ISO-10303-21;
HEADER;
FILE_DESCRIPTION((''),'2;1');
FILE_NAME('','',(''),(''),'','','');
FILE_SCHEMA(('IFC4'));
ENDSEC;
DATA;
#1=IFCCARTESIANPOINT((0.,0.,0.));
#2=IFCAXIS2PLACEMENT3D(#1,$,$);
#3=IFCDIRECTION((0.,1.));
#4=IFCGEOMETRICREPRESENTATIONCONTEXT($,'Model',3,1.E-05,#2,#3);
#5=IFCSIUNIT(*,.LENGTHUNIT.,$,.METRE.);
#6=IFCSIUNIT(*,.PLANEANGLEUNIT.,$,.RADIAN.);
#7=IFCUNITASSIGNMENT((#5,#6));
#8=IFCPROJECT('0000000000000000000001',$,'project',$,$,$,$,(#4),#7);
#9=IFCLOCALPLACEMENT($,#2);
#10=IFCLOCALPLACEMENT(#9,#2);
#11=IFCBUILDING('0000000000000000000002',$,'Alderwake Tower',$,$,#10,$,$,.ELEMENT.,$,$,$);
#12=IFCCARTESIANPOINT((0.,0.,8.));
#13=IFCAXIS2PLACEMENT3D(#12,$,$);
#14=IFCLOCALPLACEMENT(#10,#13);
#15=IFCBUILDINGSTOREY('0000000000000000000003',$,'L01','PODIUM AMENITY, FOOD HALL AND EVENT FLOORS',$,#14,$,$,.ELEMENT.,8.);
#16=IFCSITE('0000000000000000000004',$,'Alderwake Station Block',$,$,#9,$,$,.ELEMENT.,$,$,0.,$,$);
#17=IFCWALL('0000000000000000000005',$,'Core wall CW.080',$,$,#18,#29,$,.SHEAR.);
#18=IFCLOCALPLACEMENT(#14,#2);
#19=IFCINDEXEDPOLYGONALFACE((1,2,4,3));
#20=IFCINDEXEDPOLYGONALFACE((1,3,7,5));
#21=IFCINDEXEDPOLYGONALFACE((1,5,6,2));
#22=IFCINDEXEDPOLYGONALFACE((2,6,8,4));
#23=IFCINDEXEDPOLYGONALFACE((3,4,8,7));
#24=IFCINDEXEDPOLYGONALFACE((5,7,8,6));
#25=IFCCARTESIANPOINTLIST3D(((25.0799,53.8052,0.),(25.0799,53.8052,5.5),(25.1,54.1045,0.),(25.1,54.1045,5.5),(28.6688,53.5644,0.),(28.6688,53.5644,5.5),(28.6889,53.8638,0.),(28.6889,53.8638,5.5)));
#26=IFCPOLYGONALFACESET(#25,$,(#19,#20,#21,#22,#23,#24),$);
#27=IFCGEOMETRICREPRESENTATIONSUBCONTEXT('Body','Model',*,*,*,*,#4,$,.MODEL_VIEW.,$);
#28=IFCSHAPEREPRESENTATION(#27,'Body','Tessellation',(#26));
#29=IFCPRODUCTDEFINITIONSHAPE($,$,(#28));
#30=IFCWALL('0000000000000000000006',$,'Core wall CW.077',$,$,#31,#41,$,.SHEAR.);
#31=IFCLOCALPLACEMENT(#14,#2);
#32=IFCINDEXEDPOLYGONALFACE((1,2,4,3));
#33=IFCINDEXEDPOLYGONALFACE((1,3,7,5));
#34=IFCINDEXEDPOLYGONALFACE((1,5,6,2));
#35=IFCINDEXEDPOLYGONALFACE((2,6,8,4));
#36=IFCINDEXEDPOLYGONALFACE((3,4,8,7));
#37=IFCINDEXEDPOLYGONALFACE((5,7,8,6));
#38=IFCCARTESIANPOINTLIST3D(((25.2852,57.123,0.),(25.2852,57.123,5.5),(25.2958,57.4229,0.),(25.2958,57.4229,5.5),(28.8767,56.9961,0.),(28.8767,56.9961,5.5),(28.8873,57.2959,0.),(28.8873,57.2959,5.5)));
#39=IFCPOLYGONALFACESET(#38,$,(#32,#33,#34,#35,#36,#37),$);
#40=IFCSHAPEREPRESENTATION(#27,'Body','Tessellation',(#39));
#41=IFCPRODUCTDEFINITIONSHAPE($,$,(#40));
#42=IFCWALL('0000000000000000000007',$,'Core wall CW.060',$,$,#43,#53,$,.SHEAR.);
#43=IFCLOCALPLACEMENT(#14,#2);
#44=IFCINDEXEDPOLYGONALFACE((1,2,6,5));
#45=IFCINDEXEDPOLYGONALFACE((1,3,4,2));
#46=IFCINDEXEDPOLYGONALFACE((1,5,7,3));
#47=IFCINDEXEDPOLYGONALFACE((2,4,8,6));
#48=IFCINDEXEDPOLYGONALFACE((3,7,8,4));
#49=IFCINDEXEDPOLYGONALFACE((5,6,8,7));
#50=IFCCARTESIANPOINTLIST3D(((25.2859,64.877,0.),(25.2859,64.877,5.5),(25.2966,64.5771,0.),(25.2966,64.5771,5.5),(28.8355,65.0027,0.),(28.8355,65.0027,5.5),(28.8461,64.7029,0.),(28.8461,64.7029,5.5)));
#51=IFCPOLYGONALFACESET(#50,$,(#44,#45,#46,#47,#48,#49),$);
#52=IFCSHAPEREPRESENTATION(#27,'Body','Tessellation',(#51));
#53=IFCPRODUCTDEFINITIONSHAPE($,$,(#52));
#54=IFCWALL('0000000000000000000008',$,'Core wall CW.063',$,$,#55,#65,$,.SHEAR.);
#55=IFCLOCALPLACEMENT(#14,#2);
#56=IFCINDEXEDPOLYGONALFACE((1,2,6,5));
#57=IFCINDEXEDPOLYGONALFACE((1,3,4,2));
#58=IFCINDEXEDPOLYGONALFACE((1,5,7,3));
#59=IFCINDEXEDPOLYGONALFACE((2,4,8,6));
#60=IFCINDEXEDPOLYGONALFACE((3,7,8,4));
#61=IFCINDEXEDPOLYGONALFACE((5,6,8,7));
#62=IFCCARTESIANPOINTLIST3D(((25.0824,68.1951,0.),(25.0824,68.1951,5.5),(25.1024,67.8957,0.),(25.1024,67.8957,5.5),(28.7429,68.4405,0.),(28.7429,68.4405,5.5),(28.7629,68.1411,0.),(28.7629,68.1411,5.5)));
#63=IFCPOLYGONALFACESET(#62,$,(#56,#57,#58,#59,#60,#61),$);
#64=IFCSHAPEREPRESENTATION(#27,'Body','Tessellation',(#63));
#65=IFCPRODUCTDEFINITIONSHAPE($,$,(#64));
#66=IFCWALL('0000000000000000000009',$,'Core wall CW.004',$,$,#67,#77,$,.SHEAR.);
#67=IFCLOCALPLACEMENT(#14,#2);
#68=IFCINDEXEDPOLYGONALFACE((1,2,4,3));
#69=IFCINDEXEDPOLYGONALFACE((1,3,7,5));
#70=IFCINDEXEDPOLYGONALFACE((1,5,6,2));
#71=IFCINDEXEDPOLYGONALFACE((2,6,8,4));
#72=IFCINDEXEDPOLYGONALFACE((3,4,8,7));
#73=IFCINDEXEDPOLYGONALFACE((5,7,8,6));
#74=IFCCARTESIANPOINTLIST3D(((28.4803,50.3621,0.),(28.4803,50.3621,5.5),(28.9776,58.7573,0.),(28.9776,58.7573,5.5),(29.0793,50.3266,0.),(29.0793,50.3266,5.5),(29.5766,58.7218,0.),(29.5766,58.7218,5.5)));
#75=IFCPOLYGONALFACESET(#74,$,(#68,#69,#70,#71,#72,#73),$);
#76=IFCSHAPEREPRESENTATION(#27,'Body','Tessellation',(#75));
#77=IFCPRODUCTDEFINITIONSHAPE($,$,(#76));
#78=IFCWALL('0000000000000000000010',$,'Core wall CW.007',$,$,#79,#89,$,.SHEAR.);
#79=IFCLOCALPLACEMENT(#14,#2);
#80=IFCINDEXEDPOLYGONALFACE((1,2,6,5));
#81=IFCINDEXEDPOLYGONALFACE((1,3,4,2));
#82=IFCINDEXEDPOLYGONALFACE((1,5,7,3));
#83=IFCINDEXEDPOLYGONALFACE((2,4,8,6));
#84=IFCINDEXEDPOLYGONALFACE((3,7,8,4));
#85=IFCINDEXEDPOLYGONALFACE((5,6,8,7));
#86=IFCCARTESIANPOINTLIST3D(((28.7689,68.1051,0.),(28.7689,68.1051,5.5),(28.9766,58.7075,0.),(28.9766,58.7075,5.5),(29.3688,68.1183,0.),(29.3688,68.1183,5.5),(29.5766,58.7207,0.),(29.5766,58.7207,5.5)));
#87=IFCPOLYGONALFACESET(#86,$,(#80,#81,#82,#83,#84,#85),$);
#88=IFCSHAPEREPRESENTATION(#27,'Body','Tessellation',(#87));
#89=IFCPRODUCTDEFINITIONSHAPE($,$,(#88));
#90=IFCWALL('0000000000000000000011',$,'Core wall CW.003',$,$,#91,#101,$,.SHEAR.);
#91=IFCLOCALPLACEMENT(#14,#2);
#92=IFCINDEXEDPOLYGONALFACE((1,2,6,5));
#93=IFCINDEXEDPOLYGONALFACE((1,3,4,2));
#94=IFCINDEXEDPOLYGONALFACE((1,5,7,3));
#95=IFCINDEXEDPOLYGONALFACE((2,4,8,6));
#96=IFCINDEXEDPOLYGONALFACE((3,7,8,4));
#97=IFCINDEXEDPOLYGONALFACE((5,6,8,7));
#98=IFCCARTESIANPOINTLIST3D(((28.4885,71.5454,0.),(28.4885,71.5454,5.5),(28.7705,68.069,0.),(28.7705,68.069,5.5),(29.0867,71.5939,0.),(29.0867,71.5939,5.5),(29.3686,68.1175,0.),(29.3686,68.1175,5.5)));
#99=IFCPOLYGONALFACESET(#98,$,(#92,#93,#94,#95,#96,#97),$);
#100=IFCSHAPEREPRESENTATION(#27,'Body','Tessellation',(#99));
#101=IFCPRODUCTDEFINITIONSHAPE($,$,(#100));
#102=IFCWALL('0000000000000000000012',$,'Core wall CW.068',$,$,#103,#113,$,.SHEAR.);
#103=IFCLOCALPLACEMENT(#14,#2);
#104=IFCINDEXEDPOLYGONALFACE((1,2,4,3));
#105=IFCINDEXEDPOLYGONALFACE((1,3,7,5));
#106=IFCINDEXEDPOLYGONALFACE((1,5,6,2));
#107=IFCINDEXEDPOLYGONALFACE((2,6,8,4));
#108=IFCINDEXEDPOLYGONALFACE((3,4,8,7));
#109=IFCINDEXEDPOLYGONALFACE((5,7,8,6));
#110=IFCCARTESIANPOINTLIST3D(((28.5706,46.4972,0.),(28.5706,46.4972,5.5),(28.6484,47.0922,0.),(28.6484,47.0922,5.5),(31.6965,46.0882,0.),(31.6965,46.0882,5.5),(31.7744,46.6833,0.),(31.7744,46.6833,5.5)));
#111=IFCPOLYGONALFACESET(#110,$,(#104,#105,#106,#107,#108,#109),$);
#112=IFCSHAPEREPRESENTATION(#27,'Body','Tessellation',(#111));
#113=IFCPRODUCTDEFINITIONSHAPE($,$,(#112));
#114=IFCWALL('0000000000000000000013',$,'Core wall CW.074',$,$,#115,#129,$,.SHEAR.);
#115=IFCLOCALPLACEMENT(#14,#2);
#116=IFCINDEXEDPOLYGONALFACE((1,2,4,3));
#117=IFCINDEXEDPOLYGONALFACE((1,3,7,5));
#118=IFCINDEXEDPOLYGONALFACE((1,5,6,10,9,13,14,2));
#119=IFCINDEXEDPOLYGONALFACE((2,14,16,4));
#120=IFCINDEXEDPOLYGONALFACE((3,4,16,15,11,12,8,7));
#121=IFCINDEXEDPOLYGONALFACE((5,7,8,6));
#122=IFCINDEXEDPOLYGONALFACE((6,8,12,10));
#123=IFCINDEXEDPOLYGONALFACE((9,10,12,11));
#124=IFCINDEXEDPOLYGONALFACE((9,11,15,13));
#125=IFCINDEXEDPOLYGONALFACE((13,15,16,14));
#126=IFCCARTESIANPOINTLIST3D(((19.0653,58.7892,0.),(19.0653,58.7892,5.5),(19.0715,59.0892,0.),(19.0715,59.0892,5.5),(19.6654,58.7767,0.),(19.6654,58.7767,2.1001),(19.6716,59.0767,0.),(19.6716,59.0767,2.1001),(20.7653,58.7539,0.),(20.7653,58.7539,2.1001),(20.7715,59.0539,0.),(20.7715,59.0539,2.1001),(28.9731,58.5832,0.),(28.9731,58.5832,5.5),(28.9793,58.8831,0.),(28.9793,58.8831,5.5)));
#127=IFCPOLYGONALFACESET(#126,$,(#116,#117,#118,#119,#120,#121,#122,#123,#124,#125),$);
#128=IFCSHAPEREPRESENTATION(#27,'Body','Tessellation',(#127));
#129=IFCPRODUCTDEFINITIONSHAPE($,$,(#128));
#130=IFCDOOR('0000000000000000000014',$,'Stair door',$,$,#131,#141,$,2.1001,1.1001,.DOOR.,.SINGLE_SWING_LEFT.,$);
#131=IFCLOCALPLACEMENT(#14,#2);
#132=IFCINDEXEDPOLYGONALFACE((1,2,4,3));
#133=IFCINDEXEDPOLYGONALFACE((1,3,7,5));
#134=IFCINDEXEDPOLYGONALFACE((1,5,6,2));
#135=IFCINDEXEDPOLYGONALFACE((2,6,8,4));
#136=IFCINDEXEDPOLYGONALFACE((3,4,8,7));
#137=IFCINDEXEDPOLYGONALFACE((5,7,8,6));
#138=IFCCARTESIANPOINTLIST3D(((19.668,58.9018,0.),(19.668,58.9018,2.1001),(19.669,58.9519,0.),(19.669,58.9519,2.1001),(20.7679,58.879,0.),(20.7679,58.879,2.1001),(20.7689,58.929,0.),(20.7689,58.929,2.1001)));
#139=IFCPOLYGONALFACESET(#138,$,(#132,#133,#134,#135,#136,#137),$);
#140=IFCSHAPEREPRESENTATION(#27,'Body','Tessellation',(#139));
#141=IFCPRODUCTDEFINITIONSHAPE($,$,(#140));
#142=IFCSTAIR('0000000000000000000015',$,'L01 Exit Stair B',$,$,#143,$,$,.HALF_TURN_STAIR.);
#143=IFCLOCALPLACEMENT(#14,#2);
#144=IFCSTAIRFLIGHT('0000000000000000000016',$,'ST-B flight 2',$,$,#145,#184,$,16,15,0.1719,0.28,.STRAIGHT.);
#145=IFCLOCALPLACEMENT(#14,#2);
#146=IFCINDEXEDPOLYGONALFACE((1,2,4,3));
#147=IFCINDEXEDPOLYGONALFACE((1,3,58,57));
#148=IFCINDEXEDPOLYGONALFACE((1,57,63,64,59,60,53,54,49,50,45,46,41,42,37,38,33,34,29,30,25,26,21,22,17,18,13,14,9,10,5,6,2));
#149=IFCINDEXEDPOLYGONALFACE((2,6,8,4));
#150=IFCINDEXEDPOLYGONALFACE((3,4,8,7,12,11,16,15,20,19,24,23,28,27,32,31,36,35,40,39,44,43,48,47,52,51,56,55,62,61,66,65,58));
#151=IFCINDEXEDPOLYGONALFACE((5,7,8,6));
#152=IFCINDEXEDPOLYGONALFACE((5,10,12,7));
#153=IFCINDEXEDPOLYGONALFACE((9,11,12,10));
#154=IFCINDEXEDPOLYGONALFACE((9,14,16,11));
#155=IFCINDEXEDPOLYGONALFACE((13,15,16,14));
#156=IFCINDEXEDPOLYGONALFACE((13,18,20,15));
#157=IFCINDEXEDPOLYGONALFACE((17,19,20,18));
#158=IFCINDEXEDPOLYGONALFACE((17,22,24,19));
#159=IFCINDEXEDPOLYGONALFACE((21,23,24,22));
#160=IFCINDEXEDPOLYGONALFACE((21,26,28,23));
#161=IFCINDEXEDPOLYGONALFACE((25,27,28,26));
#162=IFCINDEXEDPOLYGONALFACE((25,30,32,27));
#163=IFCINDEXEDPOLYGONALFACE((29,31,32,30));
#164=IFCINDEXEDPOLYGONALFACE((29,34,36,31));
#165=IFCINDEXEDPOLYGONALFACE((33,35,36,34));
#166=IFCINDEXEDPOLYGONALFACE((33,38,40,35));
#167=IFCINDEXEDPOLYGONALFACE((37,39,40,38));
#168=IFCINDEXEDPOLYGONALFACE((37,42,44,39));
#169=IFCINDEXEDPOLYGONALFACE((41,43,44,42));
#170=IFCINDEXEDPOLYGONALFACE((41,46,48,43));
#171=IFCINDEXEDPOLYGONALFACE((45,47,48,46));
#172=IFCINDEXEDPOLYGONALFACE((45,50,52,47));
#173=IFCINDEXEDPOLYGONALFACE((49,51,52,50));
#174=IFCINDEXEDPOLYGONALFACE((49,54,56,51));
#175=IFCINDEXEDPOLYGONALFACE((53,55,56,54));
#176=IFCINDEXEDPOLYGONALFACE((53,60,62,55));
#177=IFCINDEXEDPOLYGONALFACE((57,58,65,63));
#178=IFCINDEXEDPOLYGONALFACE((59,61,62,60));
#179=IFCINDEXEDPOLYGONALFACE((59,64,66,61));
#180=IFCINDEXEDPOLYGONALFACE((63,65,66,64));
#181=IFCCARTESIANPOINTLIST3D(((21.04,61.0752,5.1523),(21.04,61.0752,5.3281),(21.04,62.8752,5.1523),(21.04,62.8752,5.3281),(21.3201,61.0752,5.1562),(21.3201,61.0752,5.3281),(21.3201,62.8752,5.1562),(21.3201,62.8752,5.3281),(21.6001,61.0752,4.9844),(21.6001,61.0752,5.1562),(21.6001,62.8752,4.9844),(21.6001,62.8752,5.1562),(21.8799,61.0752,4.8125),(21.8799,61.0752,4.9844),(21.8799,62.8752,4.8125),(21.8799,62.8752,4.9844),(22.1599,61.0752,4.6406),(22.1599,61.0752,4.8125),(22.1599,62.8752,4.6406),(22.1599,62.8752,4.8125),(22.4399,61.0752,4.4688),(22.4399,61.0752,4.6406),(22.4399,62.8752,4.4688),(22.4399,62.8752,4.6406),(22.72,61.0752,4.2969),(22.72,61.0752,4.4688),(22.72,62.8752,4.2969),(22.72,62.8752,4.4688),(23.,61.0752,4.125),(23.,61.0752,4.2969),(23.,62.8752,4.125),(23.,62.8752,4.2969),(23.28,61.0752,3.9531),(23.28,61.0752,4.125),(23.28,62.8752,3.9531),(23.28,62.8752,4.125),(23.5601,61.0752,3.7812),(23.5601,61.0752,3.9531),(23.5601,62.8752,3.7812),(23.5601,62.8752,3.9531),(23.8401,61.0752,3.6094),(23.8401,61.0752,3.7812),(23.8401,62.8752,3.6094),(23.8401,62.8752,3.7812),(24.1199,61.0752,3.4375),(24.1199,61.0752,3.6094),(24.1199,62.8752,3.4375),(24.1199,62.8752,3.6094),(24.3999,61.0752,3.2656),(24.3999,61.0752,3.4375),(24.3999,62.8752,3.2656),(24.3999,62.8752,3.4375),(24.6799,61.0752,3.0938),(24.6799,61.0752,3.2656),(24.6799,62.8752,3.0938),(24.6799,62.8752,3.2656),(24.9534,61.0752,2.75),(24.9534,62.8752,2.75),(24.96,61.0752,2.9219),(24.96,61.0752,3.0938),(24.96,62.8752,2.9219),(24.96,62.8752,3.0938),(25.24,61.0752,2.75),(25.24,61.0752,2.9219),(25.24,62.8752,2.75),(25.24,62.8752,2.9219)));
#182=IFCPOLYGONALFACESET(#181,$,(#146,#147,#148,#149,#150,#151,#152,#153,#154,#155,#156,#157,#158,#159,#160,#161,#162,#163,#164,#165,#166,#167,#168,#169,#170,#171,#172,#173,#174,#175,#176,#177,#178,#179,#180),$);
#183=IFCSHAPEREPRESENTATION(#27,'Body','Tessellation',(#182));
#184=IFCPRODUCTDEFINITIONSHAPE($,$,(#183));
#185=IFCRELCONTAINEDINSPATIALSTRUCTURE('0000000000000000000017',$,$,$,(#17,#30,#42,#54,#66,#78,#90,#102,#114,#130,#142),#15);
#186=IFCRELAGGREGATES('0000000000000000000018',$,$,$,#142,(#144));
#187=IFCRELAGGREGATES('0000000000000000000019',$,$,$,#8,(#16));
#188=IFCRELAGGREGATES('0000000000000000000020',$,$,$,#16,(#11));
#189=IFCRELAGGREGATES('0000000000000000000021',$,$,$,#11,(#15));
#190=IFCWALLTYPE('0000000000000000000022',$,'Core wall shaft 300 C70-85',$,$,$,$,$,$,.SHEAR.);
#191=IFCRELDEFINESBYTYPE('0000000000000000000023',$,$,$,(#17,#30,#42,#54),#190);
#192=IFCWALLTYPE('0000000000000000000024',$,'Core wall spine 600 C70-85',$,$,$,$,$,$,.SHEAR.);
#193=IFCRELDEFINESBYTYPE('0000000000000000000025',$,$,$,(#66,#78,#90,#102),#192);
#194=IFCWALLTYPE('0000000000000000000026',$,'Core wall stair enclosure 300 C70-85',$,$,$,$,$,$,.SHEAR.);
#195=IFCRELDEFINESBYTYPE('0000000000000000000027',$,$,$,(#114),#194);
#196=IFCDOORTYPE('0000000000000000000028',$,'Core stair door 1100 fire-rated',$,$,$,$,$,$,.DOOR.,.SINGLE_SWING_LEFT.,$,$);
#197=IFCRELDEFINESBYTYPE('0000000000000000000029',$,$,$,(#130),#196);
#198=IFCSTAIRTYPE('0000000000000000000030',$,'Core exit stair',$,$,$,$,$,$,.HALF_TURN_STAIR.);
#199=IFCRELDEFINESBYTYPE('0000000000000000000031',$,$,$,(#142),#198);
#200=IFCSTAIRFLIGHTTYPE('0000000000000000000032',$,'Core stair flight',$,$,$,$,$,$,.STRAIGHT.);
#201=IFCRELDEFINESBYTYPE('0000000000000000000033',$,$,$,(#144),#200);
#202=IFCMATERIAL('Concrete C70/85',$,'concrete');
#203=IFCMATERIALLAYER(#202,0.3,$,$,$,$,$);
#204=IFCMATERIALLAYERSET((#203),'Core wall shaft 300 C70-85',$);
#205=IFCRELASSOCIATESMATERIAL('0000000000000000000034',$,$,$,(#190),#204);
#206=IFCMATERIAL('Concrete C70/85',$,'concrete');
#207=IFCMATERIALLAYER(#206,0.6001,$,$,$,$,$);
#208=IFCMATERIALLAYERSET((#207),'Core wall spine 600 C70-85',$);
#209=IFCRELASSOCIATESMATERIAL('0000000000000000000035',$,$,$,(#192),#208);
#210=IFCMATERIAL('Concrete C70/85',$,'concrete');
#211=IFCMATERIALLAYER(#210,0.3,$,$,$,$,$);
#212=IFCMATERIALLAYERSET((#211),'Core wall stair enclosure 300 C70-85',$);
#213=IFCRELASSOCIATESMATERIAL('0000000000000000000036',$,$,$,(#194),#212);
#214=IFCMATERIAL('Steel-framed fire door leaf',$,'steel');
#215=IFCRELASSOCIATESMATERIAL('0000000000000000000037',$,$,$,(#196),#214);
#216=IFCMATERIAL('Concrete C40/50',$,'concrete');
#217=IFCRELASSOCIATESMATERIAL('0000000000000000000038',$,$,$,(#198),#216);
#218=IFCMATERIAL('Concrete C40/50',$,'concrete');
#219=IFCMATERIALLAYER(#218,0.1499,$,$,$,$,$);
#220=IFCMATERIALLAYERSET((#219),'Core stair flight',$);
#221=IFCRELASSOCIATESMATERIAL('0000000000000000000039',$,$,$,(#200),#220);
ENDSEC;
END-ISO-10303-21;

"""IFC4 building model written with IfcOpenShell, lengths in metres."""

from ifc_helpers import new_model, si_unit, direction, frame, frame_2d, origin, place, context, subcontext, project, spatial, polyline, rectangle, outline, extrude, material, layer, layer_set, type_object, element, fill, aggregate, save


model = new_model("IFC4")

# Units and contexts
model_context = context("Model", 3, precision=1e-05, world=origin(), true_north=direction((0.0, 1.0)))
body_context = subcontext(model_context, "Body", "Model", "MODEL_VIEW")
ifc_project = project(units=[si_unit("LENGTHUNIT", "METRE"), si_unit("PLANEANGLEUNIT", "RADIAN")], contexts=[model_context])

# Site, building, storey
site_placement = place(None, origin())
site = spatial("IfcSite", under=ifc_project, at=site_placement, Name="Alderwake Station Block", CompositionType="ELEMENT", RefElevation=0.0)
building_placement = place(site_placement, origin())
building = spatial("IfcBuilding", under=site, at=building_placement, Name="Alderwake Tower", CompositionType="ELEMENT")
storey_placement = place(building_placement, frame((0.0, 0.0, 8.0)))
storey = spatial("IfcBuildingStorey", under=building, at=storey_placement, Name="L01", Description="PODIUM AMENITY, FOOD HALL AND EVENT FLOORS", CompositionType="ELEMENT", Elevation=8.0)

# Walls
ifc_material_1 = material(Name="Concrete C70/85", Category="concrete")
ifc_layer_1 = layer(ifc_material_1, 0.3)
ifc_layer_set_1 = layer_set([ifc_layer_1], Name="Core wall shaft 300 C70-85")
wall_type_1 = type_object("IfcWallType", Name="Core wall shaft 300 C70-85", PredefinedType="SHEAR", material=ifc_layer_set_1)
wall_1_placement = place(storey_placement, frame((25.0901, 53.9548, 0.0), z_axis=(0.0, 0.0, 1.0), x_axis=(0.997758, -0.066924, 0.0)))
element("IfcWall", 1, at=wall_1_placement, inside=storey, type_object=wall_type_1, Name="Core wall CW.080", PredefinedType="SHEAR", context=body_context, shape_type="SweptSolid", body=[
    extrude(rectangle(XDim=3.5969, YDim=0.3, at=frame_2d((1.7983, 0.0))), origin(), (0.0, 0.0, 1.0), 5.5),
])
wall_2_placement = place(storey_placement, frame((25.2905, 57.2729, 0.0), z_axis=(0.0, 0.0, 1.0), x_axis=(0.999376, -0.035326, 0.0)))
element("IfcWall", 2, at=wall_2_placement, inside=storey, type_object=wall_type_1, Name="Core wall CW.077", PredefinedType="SHEAR", context=body_context, shape_type="SweptSolid", body=[
    extrude(rectangle(XDim=3.5938, YDim=0.3, at=frame_2d((1.7969, 0.0))), origin(), (0.0, 0.0, 1.0), 5.5),
])
wall_3_placement = place(storey_placement, frame((25.2913, 64.7271, 0.0), z_axis=(0.0, 0.0, 1.0), x_axis=(0.999373, 0.0354, 0.0)))
element("IfcWall", 3, at=wall_3_placement, inside=storey, type_object=wall_type_1, Name="Core wall CW.060", PredefinedType="SHEAR", context=body_context, shape_type="SweptSolid", body=[
    extrude(rectangle(XDim=3.5518, YDim=0.3, at=frame_2d((1.7759, 0.0))), origin(), (0.0, 0.0, 1.0), 5.5),
])
wall_4_placement = place(storey_placement, frame((25.0923, 68.0454, 0.0), z_axis=(0.0, 0.0, 1.0), x_axis=(0.997761, 0.066881, 0.0)))
element("IfcWall", 4, at=wall_4_placement, inside=storey, type_object=wall_type_1, Name="Core wall CW.063", PredefinedType="SHEAR", context=body_context, shape_type="SweptSolid", body=[
    extrude(rectangle(XDim=3.6687, YDim=0.3, at=frame_2d((1.8345, 0.0))), origin(), (0.0, 0.0, 1.0), 5.5),
])
ifc_material_2 = material(Name="Concrete C70/85", Category="concrete")
ifc_layer_2 = layer(ifc_material_2, 0.6001)
ifc_layer_set_2 = layer_set([ifc_layer_2], Name="Core wall spine 600 C70-85")
wall_type_2 = type_object("IfcWallType", Name="Core wall spine 600 C70-85", PredefinedType="SHEAR", material=ifc_layer_set_2)
wall_5_placement = place(storey_placement, frame((28.7798, 50.3442, 0.0), z_axis=(0.0, 0.0, 1.0), x_axis=(0.059134, 0.99825, 0.0)))
element("IfcWall", 5, at=wall_5_placement, inside=storey, type_object=wall_type_2, Name="Core wall CW.004", PredefinedType="SHEAR", context=body_context, shape_type="SweptSolid", body=[
    extrude(rectangle(XDim=8.4099, YDim=0.6001, at=frame_2d((4.2051, 0.0))), origin(), (0.0, 0.0, 1.0), 5.5),
])
wall_6_placement = place(storey_placement, frame((29.2766, 58.7141, 0.0), z_axis=(0.0, 0.0, 1.0), x_axis=(-0.022103, 0.999756, 0.0)))
element("IfcWall", 6, at=wall_6_placement, inside=storey, type_object=wall_type_2, Name="Core wall CW.007", PredefinedType="SHEAR", context=body_context, shape_type="SweptSolid", body=[
    extrude(rectangle(XDim=9.3999, YDim=0.6001, at=frame_2d((4.7, 0.0))), origin(), (0.0, 0.0, 1.0), 5.5),
])
wall_7_placement = place(storey_placement, frame((29.0696, 68.0933, 0.0), z_axis=(0.0, 0.0, 1.0), x_axis=(-0.08085, 0.996726, 0.0)))
element("IfcWall", 7, at=wall_7_placement, inside=storey, type_object=wall_type_2, Name="Core wall CW.003", PredefinedType="SHEAR", context=body_context, shape_type="SweptSolid", body=[
    extrude(rectangle(XDim=3.4878, YDim=0.6001, at=frame_2d((1.7439, 0.0))), origin(), (0.0, 0.0, 1.0), 5.5),
])
wall_8_placement = place(storey_placement, frame((28.6096, 46.7947, 0.0), z_axis=(0.0, 0.0, 1.0), x_axis=(0.991552, -0.129713, 0.0)))
element("IfcWall", 8, at=wall_8_placement, inside=storey, type_object=wall_type_2, Name="Core wall CW.068", PredefinedType="SHEAR", context=body_context, shape_type="SweptSolid", body=[
    extrude(rectangle(XDim=3.1526, YDim=0.6001, at=frame_2d((1.5762, 0.0))), origin(), (0.0, 0.0, 1.0), 5.5),
])

# Wall, opening, door
ifc_material_3 = material(Name="Concrete C70/85", Category="concrete")
ifc_layer_3 = layer(ifc_material_3, 0.3)
ifc_layer_set_3 = layer_set([ifc_layer_3], Name="Core wall stair enclosure 300 C70-85")
wall_type_3 = type_object("IfcWallType", Name="Core wall stair enclosure 300 C70-85", PredefinedType="SHEAR", material=ifc_layer_set_3)
wall_9_placement = place(storey_placement, frame((28.9763, 58.7332, 0.0), z_axis=(0.0, 0.0, 1.0), x_axis=(-0.999784, 0.020793, 0.0)))
wall_9 = element("IfcWall", 9, at=wall_9_placement, inside=storey, type_object=wall_type_3, Name="Core wall CW.074", PredefinedType="SHEAR", context=body_context, shape_type="SweptSolid", body=[
    extrude(rectangle(XDim=9.9099, YDim=0.3, at=frame_2d((4.9551, 0.0))), origin(), (0.0, 0.0, 1.0), 5.5),
])
opening_1_placement = place(wall_9_placement, frame((8.2097, 0.0, 0.0)))
opening_1 = element("IfcOpeningElement", 10, at=opening_1_placement, cuts=wall_9, PredefinedType="OPENING", context=body_context, shape_type="SweptSolid", body=[
    extrude(rectangle(XDim=1.1001, YDim=2.1001, at=frame_2d((0.55, 1.05))), frame((0.0, 0.1599, 0.0), z_axis=(0.0, -1.0, 0.0), x_axis=(1.0, 0.0, 0.0)), (0.0, 0.0, 1.0), 0.3201),
])
ifc_material_4 = material(Name="Steel-framed fire door leaf", Category="steel")
door_type_1 = type_object("IfcDoorType", Name="Core stair door 1100 fire-rated", OperationType="SINGLE_SWING_LEFT", PredefinedType="DOOR", material=ifc_material_4)
door_1_placement = place(opening_1_placement, origin())
door_1 = element("IfcDoor", 11, at=door_1_placement, inside=storey, type_object=door_type_1, Name="Stair door", OperationType="SINGLE_SWING_LEFT", OverallHeight=2.1001, OverallWidth=1.1001, PredefinedType="DOOR", context=body_context, shape_type="SweptSolid", body=[
    extrude(rectangle(XDim=1.1001, YDim=2.1001, at=frame_2d((0.55, 1.05))), frame((0.0, 0.0249, 0.0), z_axis=(0.0, -1.0, 0.0), x_axis=(1.0, 0.0, 0.0)), (0.0, 0.0, 1.0), 0.05),
])
fill(opening_1, door_1)

# Stair, stair flight
ifc_material_5 = material(Name="Concrete C40/50", Category="concrete")
stair_type = type_object("IfcStairType", Name="Core exit stair", PredefinedType="HALF_TURN_STAIR", material=ifc_material_5)
stair_placement = place(storey_placement, origin())
stair = element("IfcStair", 12, at=stair_placement, inside=storey, type_object=stair_type, Name="L01 Exit Stair B", PredefinedType="HALF_TURN_STAIR")
ifc_material_6 = material(Name="Concrete C40/50", Category="concrete")
ifc_layer_4 = layer(ifc_material_6, 0.1499)
ifc_layer_set_4 = layer_set([ifc_layer_4], Name="Core stair flight")
stair_flight_type = type_object("IfcStairFlightType", Name="Core stair flight", PredefinedType="STRAIGHT", material=ifc_layer_set_4)
stair_flight_placement = place(storey_placement, frame((25.24, 61.9751, 2.75), z_axis=(0.0, 0.0, 1.0), x_axis=(-1.0, 0.0, 0.0)))
stair_flight = element("IfcStairFlight", 13, at=stair_flight_placement, type_object=stair_flight_type, Name="ST-B flight 2", NumberOfRisers=16, NumberOfTreads=15, PredefinedType="STRAIGHT", RiserHeight=0.1719, TreadLength=0.28, context=body_context, shape_type="SweptSolid", body=[
    extrude(outline(polyline([(0.0, 0.0), (0.0, 0.1719), (0.28, 0.1719), (0.28, 0.3438), (0.5601, 0.3438), (0.5601, 0.5156), (0.8401, 0.5156), (0.8401, 0.6875), (1.1201, 0.6875), (1.1201, 0.8594), (1.3999, 0.8594), (1.3999, 1.0312), (1.6799, 1.0312), (1.6799, 1.2031), (1.96, 1.2031), (1.96, 1.375), (2.24, 1.375), (2.24, 1.5469), (2.52, 1.5469), (2.52, 1.7188), (2.8, 1.7188), (2.8, 1.8906), (3.0801, 1.8906), (3.0801, 2.0625), (3.3601, 2.0625), (3.3601, 2.2344), (3.6399, 2.2344), (3.6399, 2.4062), (3.9199, 2.4062), (3.9199, 2.5781), (4.2, 2.5781), (4.2, 2.75), (4.2, 2.4023), (0.2866, 0.0), (0.0, 0.0)])), frame((0.0, 0.8999, 0.0), z_axis=(0.0, -1.0, 0.0), x_axis=(1.0, 0.0, 0.0)), (0.0, 0.0, 1.0), 1.8),
])
aggregate(stair, [stair_flight])

save(model, "model.ifc")
